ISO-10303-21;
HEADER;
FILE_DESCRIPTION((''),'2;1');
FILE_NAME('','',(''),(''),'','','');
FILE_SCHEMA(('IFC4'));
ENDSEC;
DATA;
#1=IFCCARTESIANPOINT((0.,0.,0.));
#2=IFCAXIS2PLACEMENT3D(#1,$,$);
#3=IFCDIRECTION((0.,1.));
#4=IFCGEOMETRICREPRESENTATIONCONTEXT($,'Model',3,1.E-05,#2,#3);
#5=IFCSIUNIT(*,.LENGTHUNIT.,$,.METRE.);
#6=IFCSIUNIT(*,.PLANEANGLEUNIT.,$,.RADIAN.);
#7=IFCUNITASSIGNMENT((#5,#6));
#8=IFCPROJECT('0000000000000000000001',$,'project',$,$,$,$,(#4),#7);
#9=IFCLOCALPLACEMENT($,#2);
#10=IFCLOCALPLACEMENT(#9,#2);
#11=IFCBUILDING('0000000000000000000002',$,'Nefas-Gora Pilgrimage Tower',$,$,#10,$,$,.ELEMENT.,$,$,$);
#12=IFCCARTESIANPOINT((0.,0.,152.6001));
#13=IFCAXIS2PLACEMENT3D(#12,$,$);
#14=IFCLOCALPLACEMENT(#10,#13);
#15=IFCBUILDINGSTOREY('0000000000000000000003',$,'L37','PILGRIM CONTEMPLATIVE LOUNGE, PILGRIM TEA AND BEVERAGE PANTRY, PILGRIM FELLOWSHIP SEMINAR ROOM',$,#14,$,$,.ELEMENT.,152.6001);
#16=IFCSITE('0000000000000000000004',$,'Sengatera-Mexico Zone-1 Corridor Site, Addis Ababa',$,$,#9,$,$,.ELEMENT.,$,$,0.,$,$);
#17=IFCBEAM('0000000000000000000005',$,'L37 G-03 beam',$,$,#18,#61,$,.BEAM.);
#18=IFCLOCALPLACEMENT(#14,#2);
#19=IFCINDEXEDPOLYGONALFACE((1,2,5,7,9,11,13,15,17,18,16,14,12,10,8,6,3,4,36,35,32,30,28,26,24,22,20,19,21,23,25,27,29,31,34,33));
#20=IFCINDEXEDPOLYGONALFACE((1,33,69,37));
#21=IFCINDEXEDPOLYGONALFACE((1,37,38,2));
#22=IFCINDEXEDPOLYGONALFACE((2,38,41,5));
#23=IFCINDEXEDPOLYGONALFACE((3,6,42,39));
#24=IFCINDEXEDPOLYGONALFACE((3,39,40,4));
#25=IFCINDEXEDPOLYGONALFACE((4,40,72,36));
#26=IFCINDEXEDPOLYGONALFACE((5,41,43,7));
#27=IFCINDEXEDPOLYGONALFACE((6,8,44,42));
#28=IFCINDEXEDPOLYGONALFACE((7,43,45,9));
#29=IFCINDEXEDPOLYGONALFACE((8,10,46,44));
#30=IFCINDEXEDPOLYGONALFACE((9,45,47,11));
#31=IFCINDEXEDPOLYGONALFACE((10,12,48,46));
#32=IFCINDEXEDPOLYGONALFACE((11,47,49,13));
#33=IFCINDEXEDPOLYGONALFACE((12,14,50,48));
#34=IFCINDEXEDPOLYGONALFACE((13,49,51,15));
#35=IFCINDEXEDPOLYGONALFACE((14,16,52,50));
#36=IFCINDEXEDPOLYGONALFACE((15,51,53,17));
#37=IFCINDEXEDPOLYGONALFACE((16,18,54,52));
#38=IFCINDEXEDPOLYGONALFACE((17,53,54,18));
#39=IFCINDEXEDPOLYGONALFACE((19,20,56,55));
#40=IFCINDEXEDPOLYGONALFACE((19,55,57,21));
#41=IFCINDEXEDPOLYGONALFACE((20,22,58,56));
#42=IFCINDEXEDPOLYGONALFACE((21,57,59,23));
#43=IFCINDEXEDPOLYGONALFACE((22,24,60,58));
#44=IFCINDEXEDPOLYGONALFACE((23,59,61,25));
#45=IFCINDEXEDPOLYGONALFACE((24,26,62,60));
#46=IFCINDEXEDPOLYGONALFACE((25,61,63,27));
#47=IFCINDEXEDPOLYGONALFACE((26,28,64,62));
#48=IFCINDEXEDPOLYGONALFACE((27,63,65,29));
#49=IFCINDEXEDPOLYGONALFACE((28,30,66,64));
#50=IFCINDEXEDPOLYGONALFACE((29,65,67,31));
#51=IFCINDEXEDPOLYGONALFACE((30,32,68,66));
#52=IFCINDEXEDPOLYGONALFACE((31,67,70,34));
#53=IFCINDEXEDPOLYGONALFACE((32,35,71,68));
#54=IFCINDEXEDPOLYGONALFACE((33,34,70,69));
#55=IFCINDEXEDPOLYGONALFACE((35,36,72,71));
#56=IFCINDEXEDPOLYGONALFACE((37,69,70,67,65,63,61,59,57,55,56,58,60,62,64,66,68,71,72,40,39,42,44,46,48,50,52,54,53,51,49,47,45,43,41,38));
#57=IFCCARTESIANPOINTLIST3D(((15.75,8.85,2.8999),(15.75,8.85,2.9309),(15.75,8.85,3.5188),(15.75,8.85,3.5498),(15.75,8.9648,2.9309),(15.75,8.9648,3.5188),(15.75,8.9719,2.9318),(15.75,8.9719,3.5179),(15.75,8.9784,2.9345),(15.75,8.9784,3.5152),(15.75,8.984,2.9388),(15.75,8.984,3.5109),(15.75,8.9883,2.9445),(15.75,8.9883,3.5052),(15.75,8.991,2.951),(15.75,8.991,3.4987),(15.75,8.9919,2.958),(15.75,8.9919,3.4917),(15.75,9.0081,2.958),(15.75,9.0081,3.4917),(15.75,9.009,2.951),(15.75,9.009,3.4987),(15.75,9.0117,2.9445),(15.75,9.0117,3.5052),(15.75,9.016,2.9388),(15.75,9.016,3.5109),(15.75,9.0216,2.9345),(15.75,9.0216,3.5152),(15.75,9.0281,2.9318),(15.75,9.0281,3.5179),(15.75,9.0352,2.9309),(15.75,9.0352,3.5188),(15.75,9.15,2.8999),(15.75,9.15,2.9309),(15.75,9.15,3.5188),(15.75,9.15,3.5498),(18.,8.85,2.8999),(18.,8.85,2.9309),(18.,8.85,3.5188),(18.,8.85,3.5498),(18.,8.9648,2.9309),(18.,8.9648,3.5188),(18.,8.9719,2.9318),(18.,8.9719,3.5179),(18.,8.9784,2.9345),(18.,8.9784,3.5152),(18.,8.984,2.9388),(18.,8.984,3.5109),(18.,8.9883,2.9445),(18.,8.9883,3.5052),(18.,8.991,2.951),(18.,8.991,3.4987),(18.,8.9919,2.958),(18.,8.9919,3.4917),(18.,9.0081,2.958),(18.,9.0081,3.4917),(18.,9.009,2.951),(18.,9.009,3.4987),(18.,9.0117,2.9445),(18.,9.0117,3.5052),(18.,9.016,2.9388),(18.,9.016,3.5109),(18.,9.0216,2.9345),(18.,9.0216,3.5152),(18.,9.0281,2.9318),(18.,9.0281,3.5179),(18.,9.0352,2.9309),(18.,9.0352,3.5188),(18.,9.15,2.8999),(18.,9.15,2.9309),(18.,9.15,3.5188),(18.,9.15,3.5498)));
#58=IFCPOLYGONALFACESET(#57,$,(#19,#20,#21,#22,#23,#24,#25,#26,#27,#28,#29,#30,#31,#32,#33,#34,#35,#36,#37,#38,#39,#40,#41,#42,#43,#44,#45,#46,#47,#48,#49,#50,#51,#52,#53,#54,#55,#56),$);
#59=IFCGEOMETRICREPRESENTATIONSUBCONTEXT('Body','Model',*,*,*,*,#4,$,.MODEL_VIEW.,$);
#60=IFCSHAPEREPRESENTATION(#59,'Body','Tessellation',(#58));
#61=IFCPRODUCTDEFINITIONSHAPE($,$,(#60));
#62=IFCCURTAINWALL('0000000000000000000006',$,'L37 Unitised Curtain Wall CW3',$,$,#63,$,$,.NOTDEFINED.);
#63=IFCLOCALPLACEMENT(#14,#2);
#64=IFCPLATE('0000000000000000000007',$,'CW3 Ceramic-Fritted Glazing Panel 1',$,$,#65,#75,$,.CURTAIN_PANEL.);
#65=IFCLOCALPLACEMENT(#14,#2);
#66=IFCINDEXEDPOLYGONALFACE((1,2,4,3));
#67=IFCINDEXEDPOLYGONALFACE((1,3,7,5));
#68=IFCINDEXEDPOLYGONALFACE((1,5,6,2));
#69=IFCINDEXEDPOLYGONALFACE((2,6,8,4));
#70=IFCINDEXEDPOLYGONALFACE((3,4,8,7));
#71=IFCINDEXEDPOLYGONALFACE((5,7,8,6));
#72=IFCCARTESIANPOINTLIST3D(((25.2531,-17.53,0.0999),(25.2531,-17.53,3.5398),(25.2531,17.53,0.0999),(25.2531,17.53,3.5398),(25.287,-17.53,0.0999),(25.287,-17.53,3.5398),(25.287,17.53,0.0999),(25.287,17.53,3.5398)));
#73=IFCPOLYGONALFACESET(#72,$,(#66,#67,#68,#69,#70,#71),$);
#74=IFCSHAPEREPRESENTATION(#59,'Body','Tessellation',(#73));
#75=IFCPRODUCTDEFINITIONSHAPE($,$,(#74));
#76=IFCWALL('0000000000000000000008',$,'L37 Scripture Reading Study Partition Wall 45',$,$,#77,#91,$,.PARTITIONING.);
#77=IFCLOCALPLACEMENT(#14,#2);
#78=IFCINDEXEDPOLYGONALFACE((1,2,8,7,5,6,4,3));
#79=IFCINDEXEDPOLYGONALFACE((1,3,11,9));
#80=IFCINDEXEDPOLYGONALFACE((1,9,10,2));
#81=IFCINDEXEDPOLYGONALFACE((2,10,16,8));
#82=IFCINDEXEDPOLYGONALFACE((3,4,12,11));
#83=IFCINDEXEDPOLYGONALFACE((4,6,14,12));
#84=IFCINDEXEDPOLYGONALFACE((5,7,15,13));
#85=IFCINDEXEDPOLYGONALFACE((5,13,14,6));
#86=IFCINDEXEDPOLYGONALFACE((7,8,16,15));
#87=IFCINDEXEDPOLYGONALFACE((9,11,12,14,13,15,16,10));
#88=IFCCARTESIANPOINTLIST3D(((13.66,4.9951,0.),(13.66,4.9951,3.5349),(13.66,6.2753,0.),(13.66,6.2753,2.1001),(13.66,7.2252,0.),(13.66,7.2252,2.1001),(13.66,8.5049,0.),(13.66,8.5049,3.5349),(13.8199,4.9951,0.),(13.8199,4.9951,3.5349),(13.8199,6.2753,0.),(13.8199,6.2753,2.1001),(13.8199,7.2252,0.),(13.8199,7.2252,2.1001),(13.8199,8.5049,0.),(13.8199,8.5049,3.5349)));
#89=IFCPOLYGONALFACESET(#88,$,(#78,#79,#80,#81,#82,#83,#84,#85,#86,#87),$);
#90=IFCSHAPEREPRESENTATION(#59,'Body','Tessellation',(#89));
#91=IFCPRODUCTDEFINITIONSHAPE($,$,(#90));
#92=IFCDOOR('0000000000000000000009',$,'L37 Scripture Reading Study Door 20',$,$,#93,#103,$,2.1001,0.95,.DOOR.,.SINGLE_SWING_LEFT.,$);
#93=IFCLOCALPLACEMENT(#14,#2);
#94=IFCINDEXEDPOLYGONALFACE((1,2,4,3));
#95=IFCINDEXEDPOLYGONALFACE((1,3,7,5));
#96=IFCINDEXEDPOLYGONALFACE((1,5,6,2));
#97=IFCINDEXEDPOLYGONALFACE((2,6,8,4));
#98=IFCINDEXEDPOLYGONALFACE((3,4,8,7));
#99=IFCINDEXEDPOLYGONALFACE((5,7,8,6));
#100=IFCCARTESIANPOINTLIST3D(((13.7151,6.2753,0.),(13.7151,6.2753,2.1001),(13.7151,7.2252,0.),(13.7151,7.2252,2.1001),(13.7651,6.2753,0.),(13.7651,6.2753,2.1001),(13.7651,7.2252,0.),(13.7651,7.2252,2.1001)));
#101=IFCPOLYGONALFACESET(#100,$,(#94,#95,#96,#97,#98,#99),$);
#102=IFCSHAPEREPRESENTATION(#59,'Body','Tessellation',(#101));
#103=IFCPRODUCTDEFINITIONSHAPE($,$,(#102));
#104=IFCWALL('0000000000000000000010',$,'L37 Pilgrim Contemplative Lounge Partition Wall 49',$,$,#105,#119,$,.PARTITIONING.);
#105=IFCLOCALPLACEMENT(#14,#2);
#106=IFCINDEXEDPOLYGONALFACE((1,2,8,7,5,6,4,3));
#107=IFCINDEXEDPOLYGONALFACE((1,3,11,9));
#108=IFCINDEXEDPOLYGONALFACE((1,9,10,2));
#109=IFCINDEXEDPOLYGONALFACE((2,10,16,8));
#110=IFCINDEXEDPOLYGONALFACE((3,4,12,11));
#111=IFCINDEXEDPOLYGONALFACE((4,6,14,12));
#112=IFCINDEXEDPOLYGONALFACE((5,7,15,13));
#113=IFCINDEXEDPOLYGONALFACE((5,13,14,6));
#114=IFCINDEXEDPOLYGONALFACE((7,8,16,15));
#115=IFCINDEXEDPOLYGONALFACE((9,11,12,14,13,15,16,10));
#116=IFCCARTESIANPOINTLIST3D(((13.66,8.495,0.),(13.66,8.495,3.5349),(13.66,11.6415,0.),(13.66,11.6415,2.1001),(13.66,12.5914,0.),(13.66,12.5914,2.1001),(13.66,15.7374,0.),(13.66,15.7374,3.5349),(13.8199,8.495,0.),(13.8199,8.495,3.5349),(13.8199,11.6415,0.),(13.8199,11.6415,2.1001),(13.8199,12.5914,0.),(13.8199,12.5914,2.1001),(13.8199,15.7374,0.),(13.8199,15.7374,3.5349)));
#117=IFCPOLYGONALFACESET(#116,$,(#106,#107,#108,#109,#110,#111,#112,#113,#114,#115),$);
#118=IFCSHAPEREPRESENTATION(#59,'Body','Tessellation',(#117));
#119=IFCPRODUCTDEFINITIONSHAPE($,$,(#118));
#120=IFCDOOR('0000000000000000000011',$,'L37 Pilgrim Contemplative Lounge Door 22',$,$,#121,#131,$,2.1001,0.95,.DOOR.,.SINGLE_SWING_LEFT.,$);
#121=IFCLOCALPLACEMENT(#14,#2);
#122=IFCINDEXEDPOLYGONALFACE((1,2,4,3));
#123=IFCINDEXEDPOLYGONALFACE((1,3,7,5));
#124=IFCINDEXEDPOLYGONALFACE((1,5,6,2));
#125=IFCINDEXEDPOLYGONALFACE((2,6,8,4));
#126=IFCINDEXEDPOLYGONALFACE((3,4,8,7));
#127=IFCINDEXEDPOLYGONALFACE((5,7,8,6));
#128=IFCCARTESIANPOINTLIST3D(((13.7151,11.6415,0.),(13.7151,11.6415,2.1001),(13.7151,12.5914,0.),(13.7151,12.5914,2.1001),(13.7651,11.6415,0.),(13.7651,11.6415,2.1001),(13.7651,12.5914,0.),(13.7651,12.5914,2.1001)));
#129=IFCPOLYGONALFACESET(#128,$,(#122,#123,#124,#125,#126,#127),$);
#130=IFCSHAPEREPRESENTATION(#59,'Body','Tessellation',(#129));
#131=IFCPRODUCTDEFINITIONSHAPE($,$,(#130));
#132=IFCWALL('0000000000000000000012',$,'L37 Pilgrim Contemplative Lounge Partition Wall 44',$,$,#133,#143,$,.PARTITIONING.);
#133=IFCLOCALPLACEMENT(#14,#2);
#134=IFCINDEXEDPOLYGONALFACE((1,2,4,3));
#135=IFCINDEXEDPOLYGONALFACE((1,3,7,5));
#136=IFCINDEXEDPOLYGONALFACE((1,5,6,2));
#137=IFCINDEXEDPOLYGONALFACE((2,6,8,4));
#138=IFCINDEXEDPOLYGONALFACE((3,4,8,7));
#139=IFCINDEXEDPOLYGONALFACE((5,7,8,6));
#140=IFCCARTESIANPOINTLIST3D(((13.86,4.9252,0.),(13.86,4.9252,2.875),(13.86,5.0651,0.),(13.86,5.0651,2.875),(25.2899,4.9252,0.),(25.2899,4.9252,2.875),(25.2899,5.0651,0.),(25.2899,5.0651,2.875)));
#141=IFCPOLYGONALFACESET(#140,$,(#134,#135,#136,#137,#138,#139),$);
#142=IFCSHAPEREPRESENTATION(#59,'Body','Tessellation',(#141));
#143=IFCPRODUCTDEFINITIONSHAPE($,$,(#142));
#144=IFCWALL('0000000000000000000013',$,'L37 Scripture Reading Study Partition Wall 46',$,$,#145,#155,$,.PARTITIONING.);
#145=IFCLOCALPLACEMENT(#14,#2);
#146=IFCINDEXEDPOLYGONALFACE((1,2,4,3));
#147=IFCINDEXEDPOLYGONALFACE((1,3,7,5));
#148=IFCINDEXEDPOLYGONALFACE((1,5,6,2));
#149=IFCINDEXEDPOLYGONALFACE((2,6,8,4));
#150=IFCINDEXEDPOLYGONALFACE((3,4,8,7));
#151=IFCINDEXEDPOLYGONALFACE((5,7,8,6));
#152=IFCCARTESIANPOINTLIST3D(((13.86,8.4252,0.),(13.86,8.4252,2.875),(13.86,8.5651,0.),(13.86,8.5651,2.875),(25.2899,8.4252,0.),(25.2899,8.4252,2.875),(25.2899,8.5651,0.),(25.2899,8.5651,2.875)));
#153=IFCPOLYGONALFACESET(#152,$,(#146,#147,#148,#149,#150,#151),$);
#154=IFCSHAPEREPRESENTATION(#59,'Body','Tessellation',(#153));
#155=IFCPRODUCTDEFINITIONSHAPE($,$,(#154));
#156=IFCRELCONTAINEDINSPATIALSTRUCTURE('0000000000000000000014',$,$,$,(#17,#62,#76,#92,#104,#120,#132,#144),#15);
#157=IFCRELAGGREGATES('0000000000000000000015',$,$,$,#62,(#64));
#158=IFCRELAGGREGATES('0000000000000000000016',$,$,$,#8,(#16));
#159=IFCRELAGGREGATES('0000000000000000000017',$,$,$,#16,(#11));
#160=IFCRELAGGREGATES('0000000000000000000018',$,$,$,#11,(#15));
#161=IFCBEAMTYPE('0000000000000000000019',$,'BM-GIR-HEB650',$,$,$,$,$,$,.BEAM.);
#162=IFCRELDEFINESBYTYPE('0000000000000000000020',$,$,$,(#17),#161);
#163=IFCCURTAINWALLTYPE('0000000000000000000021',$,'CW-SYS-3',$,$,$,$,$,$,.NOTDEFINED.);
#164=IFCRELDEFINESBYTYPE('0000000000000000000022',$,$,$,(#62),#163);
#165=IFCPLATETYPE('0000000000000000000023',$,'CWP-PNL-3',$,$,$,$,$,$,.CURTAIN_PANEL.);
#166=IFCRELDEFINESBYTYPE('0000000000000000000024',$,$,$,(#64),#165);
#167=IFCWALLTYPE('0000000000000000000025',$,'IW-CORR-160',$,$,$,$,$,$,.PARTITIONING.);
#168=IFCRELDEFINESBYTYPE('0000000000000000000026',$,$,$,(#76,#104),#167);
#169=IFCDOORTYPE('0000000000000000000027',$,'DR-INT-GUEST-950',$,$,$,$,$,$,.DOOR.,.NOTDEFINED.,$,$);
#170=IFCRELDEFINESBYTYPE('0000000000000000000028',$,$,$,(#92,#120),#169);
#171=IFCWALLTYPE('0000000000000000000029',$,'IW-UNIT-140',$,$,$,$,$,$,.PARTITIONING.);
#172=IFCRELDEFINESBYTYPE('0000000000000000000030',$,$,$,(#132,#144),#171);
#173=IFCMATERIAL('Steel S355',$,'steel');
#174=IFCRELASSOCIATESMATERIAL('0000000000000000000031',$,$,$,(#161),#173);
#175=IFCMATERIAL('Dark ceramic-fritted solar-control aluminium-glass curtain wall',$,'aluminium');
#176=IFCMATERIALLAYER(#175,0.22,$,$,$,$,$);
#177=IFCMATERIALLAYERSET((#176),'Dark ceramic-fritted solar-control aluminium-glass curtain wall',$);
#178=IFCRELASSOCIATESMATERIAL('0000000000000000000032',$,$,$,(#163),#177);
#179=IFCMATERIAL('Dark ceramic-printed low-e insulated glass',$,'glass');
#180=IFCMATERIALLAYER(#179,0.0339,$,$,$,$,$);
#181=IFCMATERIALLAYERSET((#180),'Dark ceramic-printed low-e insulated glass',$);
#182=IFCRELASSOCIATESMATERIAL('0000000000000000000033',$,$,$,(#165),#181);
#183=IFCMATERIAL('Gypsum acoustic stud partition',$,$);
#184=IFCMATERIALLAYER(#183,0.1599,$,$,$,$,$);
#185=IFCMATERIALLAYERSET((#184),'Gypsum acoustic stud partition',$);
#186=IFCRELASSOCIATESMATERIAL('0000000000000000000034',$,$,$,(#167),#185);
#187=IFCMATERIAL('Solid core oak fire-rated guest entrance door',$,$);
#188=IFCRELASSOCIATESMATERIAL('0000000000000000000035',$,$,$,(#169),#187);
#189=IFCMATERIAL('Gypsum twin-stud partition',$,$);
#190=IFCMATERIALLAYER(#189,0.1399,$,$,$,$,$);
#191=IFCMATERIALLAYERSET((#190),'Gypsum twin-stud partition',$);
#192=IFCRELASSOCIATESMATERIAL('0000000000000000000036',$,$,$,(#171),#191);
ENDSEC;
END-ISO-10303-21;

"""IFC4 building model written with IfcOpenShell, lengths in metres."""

from ifc_helpers import new_model, si_unit, direction, frame, frame_2d, origin, origin_2d, place, context, subcontext, project, spatial, rectangle, i_section, extrude, source, transform, mapped, material, layer, layer_set, material_profile, profile_set, type_object, element, fill, aggregate, save


model = new_model("IFC4")

# Units and contexts
model_context = context("Model", 3, precision=1e-05, world=origin(), true_north=direction((0.0, 1.0)))
body_context = subcontext(model_context, "Body", "Model", "MODEL_VIEW")
ifc_project = project(units=[si_unit("LENGTHUNIT", "METRE"), si_unit("PLANEANGLEUNIT", "RADIAN")], contexts=[model_context])

# Site, building, storey
site_placement = place(None, origin())
site = spatial("IfcSite", under=ifc_project, at=site_placement, Name="Sengatera-Mexico Zone-1 Corridor Site, Addis Ababa", CompositionType="ELEMENT", RefElevation=0.0)
building_placement = place(site_placement, origin())
building = spatial("IfcBuilding", under=site, at=building_placement, Name="Nefas-Gora Pilgrimage Tower", CompositionType="ELEMENT")
storey_placement = place(building_placement, frame((0.0, 0.0, 152.6001)))
storey = spatial("IfcBuildingStorey", under=building, at=storey_placement, Name="L37", Description="PILGRIM CONTEMPLATIVE LOUNGE, PILGRIM TEA AND BEVERAGE PANTRY, PILGRIM FELLOWSHIP SEMINAR ROOM", CompositionType="ELEMENT", Elevation=152.6001)

# Beam
ifc_material_1 = material(Name="Steel S355", Category="steel")
ifc_material_profile_1 = material_profile(ifc_material_1, i_section(OverallWidth=0.3, OverallDepth=0.6499, WebThickness=0.0161, FlangeThickness=0.031, FilletRadius=0.0271, at=origin_2d()), Name="HEB 650")
ifc_profile_set_1 = profile_set([ifc_material_profile_1], Name="Steel S355")
beam_type_1 = type_object("IfcBeamType", Name="BM-GIR-HEB650", PredefinedType="BEAM", material=ifc_profile_set_1)
shared_shape_1 = source(origin(), body_context, "Body", "SweptSolid", [
    extrude(i_section(OverallWidth=0.3, OverallDepth=0.6499, WebThickness=0.0161, FlangeThickness=0.031, FilletRadius=0.0271, at=origin_2d()), origin(), (0.0, 0.0, 1.0), 2.25),
])
for number, where, z_axis, x_axis, name in (
    (1, (15.75, 9.0, 3.2249), (1.0, 0.0, 0.0), (0.0, 1.0, 0.0), "L37 G-03 beam"),
):
    element("IfcBeam", number, at=place(storey_placement, frame(where, z_axis=z_axis, x_axis=x_axis)), inside=storey, type_object=beam_type_1, Name=name, PredefinedType="BEAM", context=body_context, shape_type="MappedRepresentation", body=[
        mapped(shared_shape_1, transform((0.0, 0.0, 0.0), x_axis=(1.0, 0.0, 0.0), y_axis=(0.0, 1.0, 0.0), z_axis=(0.0, 0.0, 1.0), scale=1.0)),
    ])

# Curtain wall, plate
ifc_material_2 = material(Name="Dark ceramic-fritted solar-control aluminium-glass curtain wall", Category="aluminium")
ifc_layer_1 = layer(ifc_material_2, 0.22)
ifc_layer_set_1 = layer_set([ifc_layer_1], Name="Dark ceramic-fritted solar-control aluminium-glass curtain wall")
curtain_wall_type = type_object("IfcCurtainWallType", Name="CW-SYS-3", PredefinedType="NOTDEFINED", material=ifc_layer_set_1)
curtain_wall_placement = place(storey_placement, origin())
curtain_wall = element("IfcCurtainWall", 2, at=curtain_wall_placement, inside=storey, type_object=curtain_wall_type, Name="L37 Unitised Curtain Wall CW3", PredefinedType="NOTDEFINED")
ifc_material_3 = material(Name="Dark ceramic-printed low-e insulated glass", Category="glass")
ifc_layer_2 = layer(ifc_material_3, 0.0339)
ifc_layer_set_2 = layer_set([ifc_layer_2], Name="Dark ceramic-printed low-e insulated glass")
plate_type = type_object("IfcPlateType", Name="CWP-PNL-3", PredefinedType="CURTAIN_PANEL", material=ifc_layer_set_2)
shared_shape_2 = source(origin(), body_context, "Body", "SweptSolid", [
    extrude(rectangle(XDim=35.0601, YDim=0.0339, at=origin_2d()), origin(), (0.0, 0.0, 1.0), 3.4399),
])
plate_placement = place(storey_placement, frame((25.27, 0.0, 0.0999), z_axis=(0.0, 0.0, 1.0), x_axis=(0.0, 1.0, 0.0)))
plate = element("IfcPlate", 3, at=plate_placement, type_object=plate_type, Name="CW3 Ceramic-Fritted Glazing Panel 1", PredefinedType="CURTAIN_PANEL", context=body_context, shape_type="MappedRepresentation", body=[
    mapped(shared_shape_2, transform((0.0, 0.0, 0.0), x_axis=(1.0, 0.0, 0.0), y_axis=(0.0, 1.0, 0.0), z_axis=(0.0, 0.0, 1.0), scale=1.0)),
])
aggregate(curtain_wall, [plate])

# Walls, openings, doors
ifc_material_4 = material(Name="Gypsum acoustic stud partition")
ifc_layer_3 = layer(ifc_material_4, 0.1599)
ifc_layer_set_3 = layer_set([ifc_layer_3], Name="Gypsum acoustic stud partition")
wall_type_1 = type_object("IfcWallType", Name="IW-CORR-160", PredefinedType="PARTITIONING", material=ifc_layer_set_3)
shared_shape_3 = source(origin(), body_context, "Body", "SweptSolid", [
    extrude(rectangle(XDim=3.5098, YDim=0.1599, at=frame_2d((1.7549, 0.0))), origin(), (0.0, 0.0, 1.0), 3.5349),
])
wall_1_placement = place(storey_placement, frame((13.74, 4.9951, 0.0), z_axis=(0.0, 0.0, 1.0), x_axis=(0.0, 1.0, 0.0)))
wall_1 = element("IfcWall", 4, at=wall_1_placement, inside=storey, type_object=wall_type_1, Name="L37 Scripture Reading Study Partition Wall 45", PredefinedType="PARTITIONING", context=body_context, shape_type="MappedRepresentation", body=[
    mapped(shared_shape_3, transform((0.0, 0.0, 0.0), x_axis=(1.0, 0.0, 0.0), y_axis=(0.0, 1.0, 0.0), z_axis=(0.0, 0.0, 1.0), scale=1.0)),
])
opening_1_placement = place(wall_1_placement, frame((1.28, 0.0, 0.0)))
opening_1 = element("IfcOpeningElement", 5, at=opening_1_placement, cuts=wall_1, PredefinedType="OPENING", context=body_context, shape_type="SweptSolid", body=[
    extrude(rectangle(XDim=0.95, YDim=2.1001, at=frame_2d((0.4751, 1.05))), frame((0.0, 0.0898, 0.0), z_axis=(0.0, -1.0, 0.0), x_axis=(1.0, 0.0, 0.0)), (0.0, 0.0, 1.0), 0.1799),
])
ifc_material_5 = material(Name="Solid core oak fire-rated guest entrance door")
door_type = type_object("IfcDoorType", Name="DR-INT-GUEST-950", OperationType="NOTDEFINED", PredefinedType="DOOR", material=ifc_material_5)
shared_shape_4 = source(origin(), body_context, "Body", "SweptSolid", [
    extrude(rectangle(XDim=0.95, YDim=2.1001, at=frame_2d((0.4751, 1.05))), frame((0.0, 0.0249, 0.0), z_axis=(0.0, -1.0, 0.0), x_axis=(1.0, 0.0, 0.0)), (0.0, 0.0, 1.0), 0.05),
])
door_1_placement = place(opening_1_placement, origin())
door_1 = element("IfcDoor", 6, at=door_1_placement, inside=storey, type_object=door_type, Name="L37 Scripture Reading Study Door 20", OperationType="SINGLE_SWING_LEFT", OverallHeight=2.1001, OverallWidth=0.95, PredefinedType="DOOR", context=body_context, shape_type="MappedRepresentation", body=[
    mapped(shared_shape_4, transform((0.0, 0.0, 0.0), x_axis=(1.0, 0.0, 0.0), y_axis=(0.0, 1.0, 0.0), z_axis=(0.0, 0.0, 1.0), scale=1.0)),
])
fill(opening_1, door_1)
shared_shape_5 = source(origin(), body_context, "Body", "SweptSolid", [
    extrude(rectangle(XDim=7.2424, YDim=0.1599, at=frame_2d((3.6211, 0.0))), origin(), (0.0, 0.0, 1.0), 3.5349),
])
wall_2_placement = place(storey_placement, frame((13.74, 8.4951, 0.0), z_axis=(0.0, 0.0, 1.0), x_axis=(0.0, 1.0, 0.0)))
wall_2 = element("IfcWall", 7, at=wall_2_placement, inside=storey, type_object=wall_type_1, Name="L37 Pilgrim Contemplative Lounge Partition Wall 49", PredefinedType="PARTITIONING", context=body_context, shape_type="MappedRepresentation", body=[
    mapped(shared_shape_5, transform((0.0, 0.0, 0.0), x_axis=(1.0, 0.0, 0.0), y_axis=(0.0, 1.0, 0.0), z_axis=(0.0, 0.0, 1.0), scale=1.0)),
])
opening_2_placement = place(wall_2_placement, frame((3.1462, 0.0, 0.0)))
opening_2 = element("IfcOpeningElement", 8, at=opening_2_placement, cuts=wall_2, PredefinedType="OPENING", context=body_context, shape_type="SweptSolid", body=[
    extrude(rectangle(XDim=0.95, YDim=2.1001, at=frame_2d((0.4751, 1.05))), frame((0.0, 0.0898, 0.0), z_axis=(0.0, -1.0, 0.0), x_axis=(1.0, 0.0, 0.0)), (0.0, 0.0, 1.0), 0.1799),
])
door_2_placement = place(opening_2_placement, origin())
door_2 = element("IfcDoor", 9, at=door_2_placement, inside=storey, type_object=door_type, Name="L37 Pilgrim Contemplative Lounge Door 22", OperationType="SINGLE_SWING_LEFT", OverallHeight=2.1001, OverallWidth=0.95, PredefinedType="DOOR", context=body_context, shape_type="MappedRepresentation", body=[
    mapped(shared_shape_4, transform((0.0, 0.0, 0.0), x_axis=(1.0, 0.0, 0.0), y_axis=(0.0, 1.0, 0.0), z_axis=(0.0, 0.0, 1.0), scale=1.0)),
])
fill(opening_2, door_2)

# Walls
ifc_material_6 = material(Name="Gypsum twin-stud partition")
ifc_layer_4 = layer(ifc_material_6, 0.1399)
ifc_layer_set_4 = layer_set([ifc_layer_4], Name="Gypsum twin-stud partition")
wall_type_2 = type_object("IfcWallType", Name="IW-UNIT-140", PredefinedType="PARTITIONING", material=ifc_layer_set_4)
shared_shape_6 = source(origin(), body_context, "Body", "SweptSolid", [
    extrude(rectangle(XDim=11.4299, YDim=0.1399, at=frame_2d((5.7148, 0.0))), origin(), (0.0, 0.0, 1.0), 2.875),
])
for number, where, z_axis, x_axis, name in (
    (10, (13.8601, 4.9951, 0.0), (0.0, 0.0, 1.0), (1.0, 0.0, 0.0), "L37 Pilgrim Contemplative Lounge Partition Wall 44"),
    (11, (13.8601, 8.4951, 0.0), (0.0, 0.0, 1.0), (1.0, 0.0, 0.0), "L37 Scripture Reading Study Partition Wall 46"),
):
    element("IfcWall", number, at=place(storey_placement, frame(where, z_axis=z_axis, x_axis=x_axis)), inside=storey, type_object=wall_type_2, Name=name, PredefinedType="PARTITIONING", context=body_context, shape_type="MappedRepresentation", body=[
        mapped(shared_shape_6, transform((0.0, 0.0, 0.0), x_axis=(1.0, 0.0, 0.0), y_axis=(0.0, 1.0, 0.0), z_axis=(0.0, 0.0, 1.0), scale=1.0)),
    ])

save(model, "model.ifc")
